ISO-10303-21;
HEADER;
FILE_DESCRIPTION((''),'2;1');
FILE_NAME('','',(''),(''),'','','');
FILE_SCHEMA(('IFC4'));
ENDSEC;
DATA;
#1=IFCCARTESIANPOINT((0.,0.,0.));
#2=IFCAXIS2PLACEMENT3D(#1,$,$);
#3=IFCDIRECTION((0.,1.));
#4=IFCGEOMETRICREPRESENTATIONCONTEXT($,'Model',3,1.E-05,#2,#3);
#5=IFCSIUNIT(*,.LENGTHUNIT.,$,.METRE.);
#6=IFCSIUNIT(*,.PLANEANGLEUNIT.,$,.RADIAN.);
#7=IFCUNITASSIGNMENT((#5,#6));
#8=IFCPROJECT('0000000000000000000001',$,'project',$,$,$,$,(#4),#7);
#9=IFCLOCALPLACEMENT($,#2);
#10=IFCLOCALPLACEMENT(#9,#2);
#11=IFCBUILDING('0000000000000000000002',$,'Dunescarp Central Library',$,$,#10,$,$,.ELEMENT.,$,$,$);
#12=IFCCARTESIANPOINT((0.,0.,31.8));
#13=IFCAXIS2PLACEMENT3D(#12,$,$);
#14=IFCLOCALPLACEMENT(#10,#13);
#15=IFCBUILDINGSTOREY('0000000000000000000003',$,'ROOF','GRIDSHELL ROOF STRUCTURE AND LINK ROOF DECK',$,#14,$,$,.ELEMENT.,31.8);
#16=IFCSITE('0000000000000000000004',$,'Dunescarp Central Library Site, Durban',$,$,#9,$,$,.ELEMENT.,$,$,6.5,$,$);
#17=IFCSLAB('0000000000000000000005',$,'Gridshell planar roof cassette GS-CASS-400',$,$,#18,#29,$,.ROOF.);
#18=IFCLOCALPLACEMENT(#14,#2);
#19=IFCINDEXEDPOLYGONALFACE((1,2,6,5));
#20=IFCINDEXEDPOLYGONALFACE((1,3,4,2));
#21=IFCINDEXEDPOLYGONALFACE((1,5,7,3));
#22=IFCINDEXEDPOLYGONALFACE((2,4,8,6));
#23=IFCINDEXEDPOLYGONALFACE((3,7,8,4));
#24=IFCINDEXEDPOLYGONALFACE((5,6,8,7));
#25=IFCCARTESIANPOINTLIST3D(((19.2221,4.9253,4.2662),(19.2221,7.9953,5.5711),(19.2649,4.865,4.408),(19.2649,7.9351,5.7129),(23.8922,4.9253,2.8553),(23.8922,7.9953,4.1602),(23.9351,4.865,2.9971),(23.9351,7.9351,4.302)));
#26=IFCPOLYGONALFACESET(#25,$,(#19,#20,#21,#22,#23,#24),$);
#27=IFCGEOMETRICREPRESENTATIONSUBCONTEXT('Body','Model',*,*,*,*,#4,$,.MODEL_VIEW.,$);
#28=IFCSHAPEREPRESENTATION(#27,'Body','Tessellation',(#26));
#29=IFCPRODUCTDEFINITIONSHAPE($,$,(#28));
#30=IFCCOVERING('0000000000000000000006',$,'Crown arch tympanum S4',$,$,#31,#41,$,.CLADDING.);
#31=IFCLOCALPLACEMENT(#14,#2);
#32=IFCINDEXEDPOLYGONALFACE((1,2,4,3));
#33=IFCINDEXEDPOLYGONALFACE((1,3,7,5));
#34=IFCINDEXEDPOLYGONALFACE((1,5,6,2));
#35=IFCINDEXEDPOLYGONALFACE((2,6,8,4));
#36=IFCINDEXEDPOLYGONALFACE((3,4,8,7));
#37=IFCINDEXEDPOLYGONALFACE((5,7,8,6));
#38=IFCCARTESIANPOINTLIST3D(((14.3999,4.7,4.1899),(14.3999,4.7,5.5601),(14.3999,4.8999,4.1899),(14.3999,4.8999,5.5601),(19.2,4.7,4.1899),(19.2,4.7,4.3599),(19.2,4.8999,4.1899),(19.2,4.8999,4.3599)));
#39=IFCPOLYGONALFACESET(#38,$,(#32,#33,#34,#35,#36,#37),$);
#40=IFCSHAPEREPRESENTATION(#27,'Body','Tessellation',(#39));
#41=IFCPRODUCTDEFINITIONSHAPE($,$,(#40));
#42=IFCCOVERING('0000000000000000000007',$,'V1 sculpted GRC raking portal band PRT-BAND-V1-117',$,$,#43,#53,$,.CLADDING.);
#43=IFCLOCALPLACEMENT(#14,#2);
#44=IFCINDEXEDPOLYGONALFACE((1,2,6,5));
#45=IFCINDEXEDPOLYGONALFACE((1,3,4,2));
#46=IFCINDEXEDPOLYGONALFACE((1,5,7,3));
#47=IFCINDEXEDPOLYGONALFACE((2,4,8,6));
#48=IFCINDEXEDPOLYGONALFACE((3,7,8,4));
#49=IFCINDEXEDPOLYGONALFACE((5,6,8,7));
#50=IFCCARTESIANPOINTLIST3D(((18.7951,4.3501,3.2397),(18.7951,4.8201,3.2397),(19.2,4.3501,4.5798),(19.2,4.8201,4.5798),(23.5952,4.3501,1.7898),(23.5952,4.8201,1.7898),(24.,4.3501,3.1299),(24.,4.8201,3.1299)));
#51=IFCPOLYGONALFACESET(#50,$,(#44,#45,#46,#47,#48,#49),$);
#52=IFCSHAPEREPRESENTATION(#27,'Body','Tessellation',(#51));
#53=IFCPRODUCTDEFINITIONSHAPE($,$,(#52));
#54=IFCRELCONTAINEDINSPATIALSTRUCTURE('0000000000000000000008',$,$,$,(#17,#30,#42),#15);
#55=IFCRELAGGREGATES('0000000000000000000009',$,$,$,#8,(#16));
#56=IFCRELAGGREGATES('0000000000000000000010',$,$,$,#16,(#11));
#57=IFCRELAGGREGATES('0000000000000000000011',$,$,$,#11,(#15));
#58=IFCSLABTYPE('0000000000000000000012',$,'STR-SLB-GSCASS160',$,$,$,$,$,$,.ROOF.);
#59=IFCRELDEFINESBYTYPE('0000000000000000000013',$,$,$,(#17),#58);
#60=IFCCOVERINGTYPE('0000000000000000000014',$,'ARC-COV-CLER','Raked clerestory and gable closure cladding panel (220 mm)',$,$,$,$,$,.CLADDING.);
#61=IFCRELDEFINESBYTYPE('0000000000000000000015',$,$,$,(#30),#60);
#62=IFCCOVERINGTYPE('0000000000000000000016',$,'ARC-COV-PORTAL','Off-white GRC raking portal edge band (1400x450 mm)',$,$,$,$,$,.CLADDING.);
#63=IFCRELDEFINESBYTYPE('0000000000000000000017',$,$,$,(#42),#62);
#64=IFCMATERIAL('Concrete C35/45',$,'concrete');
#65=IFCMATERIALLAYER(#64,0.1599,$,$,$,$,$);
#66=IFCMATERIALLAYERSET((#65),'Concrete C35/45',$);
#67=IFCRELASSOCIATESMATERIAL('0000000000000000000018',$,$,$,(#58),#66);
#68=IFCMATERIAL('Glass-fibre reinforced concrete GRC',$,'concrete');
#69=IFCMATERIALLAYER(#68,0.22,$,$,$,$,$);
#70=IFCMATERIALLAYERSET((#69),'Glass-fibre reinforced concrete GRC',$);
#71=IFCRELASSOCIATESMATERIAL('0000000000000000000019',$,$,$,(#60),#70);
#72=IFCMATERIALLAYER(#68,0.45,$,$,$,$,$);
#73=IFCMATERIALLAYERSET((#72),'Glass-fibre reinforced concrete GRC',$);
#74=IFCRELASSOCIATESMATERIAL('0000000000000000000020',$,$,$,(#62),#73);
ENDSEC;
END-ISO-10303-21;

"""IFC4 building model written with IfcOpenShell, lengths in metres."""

from ifc_helpers import new_model, si_unit, direction, frame, origin, place, context, subcontext, project, spatial, polyline, outline, extrude, material, layer, layer_set, type_object, element, save


model = new_model("IFC4")

# Units and contexts
model_context = context("Model", 3, precision=1e-05, world=origin(), true_north=direction((0.0, 1.0)))
body_context = subcontext(model_context, "Body", "Model", "MODEL_VIEW")
ifc_project = project(units=[si_unit("LENGTHUNIT", "METRE"), si_unit("PLANEANGLEUNIT", "RADIAN")], contexts=[model_context])

# Site, building, storey
site_placement = place(None, origin())
site = spatial("IfcSite", under=ifc_project, at=site_placement, Name="Dunescarp Central Library Site, Durban", CompositionType="ELEMENT", RefElevation=6.5)
building_placement = place(site_placement, origin())
building = spatial("IfcBuilding", under=site, at=building_placement, Name="Dunescarp Central Library", CompositionType="ELEMENT")
storey_placement = place(building_placement, frame((0.0, 0.0, 31.8)))
storey = spatial("IfcBuildingStorey", under=building, at=storey_placement, Name="ROOF", Description="GRIDSHELL ROOF STRUCTURE AND LINK ROOF DECK", CompositionType="ELEMENT", Elevation=31.8)

# Slab
ifc_material_1 = material(Name="Concrete C35/45", Category="concrete")
ifc_layer_1 = layer(ifc_material_1, 0.1599)
ifc_layer_set_1 = layer_set([ifc_layer_1], Name="Concrete C35/45")
slab_type = type_object("IfcSlabType", Name="STR-SLB-GSCASS160", PredefinedType="ROOF", material=ifc_layer_set_1)
slab_placement = place(storey_placement, frame((19.2649, 4.865, 4.408), z_axis=(0.267872, -0.376884, 0.886681), x_axis=(0.957269, 0.0, -0.289198)))
element("IfcSlab", 1, at=slab_placement, inside=storey, type_object=slab_type, Name="Gridshell planar roof cassette GS-CASS-400", PredefinedType="ROOF", context=body_context, shape_type="SweptSolid", body=[
    extrude(outline(polyline([(0.0, 0.0), (4.8786, 0.0), (4.5012, 3.3145), (-0.3774, 3.3145), (0.0, 0.0)])), origin(), (0.0, 0.0, -1.0), 0.1599),
])

# Coverings
ifc_material_2 = material(Name="Glass-fibre reinforced concrete GRC", Category="concrete")
ifc_layer_2 = layer(ifc_material_2, 0.22)
ifc_layer_set_2 = layer_set([ifc_layer_2], Name="Glass-fibre reinforced concrete GRC")
covering_type_1 = type_object("IfcCoveringType", Name="ARC-COV-CLER", Description="Raked clerestory and gable closure cladding panel (220 mm)", PredefinedType="CLADDING", material=ifc_layer_set_2)
covering_1_placement = place(storey_placement, frame((19.2, 4.8, 4.1899), z_axis=(0.0, 0.0, 1.0), x_axis=(-1.0, 0.0, 0.0)))
element("IfcCovering", 2, at=covering_1_placement, inside=storey, type_object=covering_type_1, Name="Crown arch tympanum S4", PredefinedType="CLADDING", context=body_context, shape_type="SweptSolid", body=[
    extrude(outline(polyline([(0.0, 0.0), (4.8, 0.0), (4.8, 1.3701), (0.0, 0.1699), (0.0, 0.0)])), frame((0.0, 0.1001, 0.0), z_axis=(0.0, -1.0, 0.0), x_axis=(1.0, 0.0, 0.0)), (0.0, 0.0, 1.0), 0.2),
])
ifc_layer_3 = layer(ifc_material_2, 0.45)
ifc_layer_set_3 = layer_set([ifc_layer_3], Name="Glass-fibre reinforced concrete GRC")
covering_type_2 = type_object("IfcCoveringType", Name="ARC-COV-PORTAL", Description="Off-white GRC raking portal edge band (1400x450 mm)", PredefinedType="CLADDING", material=ifc_layer_set_3)
covering_2_placement = place(storey_placement, frame((19.2, 4.3501, 4.5798), z_axis=(0.289165, 0.0, 0.957279), x_axis=(0.957279, 0.0, -0.289165)))
element("IfcCovering", 3, at=covering_2_placement, inside=storey, type_object=covering_type_2, Name="V1 sculpted GRC raking portal band PRT-BAND-V1-117", PredefinedType="CLADDING", context=body_context, shape_type="SweptSolid", body=[
    extrude(outline(polyline([(0.0, 0.0), (5.0143, 0.0), (5.0143, 0.47), (0.0, 0.47), (0.0, 0.0)])), origin(), (0.0, 0.0, -1.0), 1.3999),
])

save(model, "model.ifc")
